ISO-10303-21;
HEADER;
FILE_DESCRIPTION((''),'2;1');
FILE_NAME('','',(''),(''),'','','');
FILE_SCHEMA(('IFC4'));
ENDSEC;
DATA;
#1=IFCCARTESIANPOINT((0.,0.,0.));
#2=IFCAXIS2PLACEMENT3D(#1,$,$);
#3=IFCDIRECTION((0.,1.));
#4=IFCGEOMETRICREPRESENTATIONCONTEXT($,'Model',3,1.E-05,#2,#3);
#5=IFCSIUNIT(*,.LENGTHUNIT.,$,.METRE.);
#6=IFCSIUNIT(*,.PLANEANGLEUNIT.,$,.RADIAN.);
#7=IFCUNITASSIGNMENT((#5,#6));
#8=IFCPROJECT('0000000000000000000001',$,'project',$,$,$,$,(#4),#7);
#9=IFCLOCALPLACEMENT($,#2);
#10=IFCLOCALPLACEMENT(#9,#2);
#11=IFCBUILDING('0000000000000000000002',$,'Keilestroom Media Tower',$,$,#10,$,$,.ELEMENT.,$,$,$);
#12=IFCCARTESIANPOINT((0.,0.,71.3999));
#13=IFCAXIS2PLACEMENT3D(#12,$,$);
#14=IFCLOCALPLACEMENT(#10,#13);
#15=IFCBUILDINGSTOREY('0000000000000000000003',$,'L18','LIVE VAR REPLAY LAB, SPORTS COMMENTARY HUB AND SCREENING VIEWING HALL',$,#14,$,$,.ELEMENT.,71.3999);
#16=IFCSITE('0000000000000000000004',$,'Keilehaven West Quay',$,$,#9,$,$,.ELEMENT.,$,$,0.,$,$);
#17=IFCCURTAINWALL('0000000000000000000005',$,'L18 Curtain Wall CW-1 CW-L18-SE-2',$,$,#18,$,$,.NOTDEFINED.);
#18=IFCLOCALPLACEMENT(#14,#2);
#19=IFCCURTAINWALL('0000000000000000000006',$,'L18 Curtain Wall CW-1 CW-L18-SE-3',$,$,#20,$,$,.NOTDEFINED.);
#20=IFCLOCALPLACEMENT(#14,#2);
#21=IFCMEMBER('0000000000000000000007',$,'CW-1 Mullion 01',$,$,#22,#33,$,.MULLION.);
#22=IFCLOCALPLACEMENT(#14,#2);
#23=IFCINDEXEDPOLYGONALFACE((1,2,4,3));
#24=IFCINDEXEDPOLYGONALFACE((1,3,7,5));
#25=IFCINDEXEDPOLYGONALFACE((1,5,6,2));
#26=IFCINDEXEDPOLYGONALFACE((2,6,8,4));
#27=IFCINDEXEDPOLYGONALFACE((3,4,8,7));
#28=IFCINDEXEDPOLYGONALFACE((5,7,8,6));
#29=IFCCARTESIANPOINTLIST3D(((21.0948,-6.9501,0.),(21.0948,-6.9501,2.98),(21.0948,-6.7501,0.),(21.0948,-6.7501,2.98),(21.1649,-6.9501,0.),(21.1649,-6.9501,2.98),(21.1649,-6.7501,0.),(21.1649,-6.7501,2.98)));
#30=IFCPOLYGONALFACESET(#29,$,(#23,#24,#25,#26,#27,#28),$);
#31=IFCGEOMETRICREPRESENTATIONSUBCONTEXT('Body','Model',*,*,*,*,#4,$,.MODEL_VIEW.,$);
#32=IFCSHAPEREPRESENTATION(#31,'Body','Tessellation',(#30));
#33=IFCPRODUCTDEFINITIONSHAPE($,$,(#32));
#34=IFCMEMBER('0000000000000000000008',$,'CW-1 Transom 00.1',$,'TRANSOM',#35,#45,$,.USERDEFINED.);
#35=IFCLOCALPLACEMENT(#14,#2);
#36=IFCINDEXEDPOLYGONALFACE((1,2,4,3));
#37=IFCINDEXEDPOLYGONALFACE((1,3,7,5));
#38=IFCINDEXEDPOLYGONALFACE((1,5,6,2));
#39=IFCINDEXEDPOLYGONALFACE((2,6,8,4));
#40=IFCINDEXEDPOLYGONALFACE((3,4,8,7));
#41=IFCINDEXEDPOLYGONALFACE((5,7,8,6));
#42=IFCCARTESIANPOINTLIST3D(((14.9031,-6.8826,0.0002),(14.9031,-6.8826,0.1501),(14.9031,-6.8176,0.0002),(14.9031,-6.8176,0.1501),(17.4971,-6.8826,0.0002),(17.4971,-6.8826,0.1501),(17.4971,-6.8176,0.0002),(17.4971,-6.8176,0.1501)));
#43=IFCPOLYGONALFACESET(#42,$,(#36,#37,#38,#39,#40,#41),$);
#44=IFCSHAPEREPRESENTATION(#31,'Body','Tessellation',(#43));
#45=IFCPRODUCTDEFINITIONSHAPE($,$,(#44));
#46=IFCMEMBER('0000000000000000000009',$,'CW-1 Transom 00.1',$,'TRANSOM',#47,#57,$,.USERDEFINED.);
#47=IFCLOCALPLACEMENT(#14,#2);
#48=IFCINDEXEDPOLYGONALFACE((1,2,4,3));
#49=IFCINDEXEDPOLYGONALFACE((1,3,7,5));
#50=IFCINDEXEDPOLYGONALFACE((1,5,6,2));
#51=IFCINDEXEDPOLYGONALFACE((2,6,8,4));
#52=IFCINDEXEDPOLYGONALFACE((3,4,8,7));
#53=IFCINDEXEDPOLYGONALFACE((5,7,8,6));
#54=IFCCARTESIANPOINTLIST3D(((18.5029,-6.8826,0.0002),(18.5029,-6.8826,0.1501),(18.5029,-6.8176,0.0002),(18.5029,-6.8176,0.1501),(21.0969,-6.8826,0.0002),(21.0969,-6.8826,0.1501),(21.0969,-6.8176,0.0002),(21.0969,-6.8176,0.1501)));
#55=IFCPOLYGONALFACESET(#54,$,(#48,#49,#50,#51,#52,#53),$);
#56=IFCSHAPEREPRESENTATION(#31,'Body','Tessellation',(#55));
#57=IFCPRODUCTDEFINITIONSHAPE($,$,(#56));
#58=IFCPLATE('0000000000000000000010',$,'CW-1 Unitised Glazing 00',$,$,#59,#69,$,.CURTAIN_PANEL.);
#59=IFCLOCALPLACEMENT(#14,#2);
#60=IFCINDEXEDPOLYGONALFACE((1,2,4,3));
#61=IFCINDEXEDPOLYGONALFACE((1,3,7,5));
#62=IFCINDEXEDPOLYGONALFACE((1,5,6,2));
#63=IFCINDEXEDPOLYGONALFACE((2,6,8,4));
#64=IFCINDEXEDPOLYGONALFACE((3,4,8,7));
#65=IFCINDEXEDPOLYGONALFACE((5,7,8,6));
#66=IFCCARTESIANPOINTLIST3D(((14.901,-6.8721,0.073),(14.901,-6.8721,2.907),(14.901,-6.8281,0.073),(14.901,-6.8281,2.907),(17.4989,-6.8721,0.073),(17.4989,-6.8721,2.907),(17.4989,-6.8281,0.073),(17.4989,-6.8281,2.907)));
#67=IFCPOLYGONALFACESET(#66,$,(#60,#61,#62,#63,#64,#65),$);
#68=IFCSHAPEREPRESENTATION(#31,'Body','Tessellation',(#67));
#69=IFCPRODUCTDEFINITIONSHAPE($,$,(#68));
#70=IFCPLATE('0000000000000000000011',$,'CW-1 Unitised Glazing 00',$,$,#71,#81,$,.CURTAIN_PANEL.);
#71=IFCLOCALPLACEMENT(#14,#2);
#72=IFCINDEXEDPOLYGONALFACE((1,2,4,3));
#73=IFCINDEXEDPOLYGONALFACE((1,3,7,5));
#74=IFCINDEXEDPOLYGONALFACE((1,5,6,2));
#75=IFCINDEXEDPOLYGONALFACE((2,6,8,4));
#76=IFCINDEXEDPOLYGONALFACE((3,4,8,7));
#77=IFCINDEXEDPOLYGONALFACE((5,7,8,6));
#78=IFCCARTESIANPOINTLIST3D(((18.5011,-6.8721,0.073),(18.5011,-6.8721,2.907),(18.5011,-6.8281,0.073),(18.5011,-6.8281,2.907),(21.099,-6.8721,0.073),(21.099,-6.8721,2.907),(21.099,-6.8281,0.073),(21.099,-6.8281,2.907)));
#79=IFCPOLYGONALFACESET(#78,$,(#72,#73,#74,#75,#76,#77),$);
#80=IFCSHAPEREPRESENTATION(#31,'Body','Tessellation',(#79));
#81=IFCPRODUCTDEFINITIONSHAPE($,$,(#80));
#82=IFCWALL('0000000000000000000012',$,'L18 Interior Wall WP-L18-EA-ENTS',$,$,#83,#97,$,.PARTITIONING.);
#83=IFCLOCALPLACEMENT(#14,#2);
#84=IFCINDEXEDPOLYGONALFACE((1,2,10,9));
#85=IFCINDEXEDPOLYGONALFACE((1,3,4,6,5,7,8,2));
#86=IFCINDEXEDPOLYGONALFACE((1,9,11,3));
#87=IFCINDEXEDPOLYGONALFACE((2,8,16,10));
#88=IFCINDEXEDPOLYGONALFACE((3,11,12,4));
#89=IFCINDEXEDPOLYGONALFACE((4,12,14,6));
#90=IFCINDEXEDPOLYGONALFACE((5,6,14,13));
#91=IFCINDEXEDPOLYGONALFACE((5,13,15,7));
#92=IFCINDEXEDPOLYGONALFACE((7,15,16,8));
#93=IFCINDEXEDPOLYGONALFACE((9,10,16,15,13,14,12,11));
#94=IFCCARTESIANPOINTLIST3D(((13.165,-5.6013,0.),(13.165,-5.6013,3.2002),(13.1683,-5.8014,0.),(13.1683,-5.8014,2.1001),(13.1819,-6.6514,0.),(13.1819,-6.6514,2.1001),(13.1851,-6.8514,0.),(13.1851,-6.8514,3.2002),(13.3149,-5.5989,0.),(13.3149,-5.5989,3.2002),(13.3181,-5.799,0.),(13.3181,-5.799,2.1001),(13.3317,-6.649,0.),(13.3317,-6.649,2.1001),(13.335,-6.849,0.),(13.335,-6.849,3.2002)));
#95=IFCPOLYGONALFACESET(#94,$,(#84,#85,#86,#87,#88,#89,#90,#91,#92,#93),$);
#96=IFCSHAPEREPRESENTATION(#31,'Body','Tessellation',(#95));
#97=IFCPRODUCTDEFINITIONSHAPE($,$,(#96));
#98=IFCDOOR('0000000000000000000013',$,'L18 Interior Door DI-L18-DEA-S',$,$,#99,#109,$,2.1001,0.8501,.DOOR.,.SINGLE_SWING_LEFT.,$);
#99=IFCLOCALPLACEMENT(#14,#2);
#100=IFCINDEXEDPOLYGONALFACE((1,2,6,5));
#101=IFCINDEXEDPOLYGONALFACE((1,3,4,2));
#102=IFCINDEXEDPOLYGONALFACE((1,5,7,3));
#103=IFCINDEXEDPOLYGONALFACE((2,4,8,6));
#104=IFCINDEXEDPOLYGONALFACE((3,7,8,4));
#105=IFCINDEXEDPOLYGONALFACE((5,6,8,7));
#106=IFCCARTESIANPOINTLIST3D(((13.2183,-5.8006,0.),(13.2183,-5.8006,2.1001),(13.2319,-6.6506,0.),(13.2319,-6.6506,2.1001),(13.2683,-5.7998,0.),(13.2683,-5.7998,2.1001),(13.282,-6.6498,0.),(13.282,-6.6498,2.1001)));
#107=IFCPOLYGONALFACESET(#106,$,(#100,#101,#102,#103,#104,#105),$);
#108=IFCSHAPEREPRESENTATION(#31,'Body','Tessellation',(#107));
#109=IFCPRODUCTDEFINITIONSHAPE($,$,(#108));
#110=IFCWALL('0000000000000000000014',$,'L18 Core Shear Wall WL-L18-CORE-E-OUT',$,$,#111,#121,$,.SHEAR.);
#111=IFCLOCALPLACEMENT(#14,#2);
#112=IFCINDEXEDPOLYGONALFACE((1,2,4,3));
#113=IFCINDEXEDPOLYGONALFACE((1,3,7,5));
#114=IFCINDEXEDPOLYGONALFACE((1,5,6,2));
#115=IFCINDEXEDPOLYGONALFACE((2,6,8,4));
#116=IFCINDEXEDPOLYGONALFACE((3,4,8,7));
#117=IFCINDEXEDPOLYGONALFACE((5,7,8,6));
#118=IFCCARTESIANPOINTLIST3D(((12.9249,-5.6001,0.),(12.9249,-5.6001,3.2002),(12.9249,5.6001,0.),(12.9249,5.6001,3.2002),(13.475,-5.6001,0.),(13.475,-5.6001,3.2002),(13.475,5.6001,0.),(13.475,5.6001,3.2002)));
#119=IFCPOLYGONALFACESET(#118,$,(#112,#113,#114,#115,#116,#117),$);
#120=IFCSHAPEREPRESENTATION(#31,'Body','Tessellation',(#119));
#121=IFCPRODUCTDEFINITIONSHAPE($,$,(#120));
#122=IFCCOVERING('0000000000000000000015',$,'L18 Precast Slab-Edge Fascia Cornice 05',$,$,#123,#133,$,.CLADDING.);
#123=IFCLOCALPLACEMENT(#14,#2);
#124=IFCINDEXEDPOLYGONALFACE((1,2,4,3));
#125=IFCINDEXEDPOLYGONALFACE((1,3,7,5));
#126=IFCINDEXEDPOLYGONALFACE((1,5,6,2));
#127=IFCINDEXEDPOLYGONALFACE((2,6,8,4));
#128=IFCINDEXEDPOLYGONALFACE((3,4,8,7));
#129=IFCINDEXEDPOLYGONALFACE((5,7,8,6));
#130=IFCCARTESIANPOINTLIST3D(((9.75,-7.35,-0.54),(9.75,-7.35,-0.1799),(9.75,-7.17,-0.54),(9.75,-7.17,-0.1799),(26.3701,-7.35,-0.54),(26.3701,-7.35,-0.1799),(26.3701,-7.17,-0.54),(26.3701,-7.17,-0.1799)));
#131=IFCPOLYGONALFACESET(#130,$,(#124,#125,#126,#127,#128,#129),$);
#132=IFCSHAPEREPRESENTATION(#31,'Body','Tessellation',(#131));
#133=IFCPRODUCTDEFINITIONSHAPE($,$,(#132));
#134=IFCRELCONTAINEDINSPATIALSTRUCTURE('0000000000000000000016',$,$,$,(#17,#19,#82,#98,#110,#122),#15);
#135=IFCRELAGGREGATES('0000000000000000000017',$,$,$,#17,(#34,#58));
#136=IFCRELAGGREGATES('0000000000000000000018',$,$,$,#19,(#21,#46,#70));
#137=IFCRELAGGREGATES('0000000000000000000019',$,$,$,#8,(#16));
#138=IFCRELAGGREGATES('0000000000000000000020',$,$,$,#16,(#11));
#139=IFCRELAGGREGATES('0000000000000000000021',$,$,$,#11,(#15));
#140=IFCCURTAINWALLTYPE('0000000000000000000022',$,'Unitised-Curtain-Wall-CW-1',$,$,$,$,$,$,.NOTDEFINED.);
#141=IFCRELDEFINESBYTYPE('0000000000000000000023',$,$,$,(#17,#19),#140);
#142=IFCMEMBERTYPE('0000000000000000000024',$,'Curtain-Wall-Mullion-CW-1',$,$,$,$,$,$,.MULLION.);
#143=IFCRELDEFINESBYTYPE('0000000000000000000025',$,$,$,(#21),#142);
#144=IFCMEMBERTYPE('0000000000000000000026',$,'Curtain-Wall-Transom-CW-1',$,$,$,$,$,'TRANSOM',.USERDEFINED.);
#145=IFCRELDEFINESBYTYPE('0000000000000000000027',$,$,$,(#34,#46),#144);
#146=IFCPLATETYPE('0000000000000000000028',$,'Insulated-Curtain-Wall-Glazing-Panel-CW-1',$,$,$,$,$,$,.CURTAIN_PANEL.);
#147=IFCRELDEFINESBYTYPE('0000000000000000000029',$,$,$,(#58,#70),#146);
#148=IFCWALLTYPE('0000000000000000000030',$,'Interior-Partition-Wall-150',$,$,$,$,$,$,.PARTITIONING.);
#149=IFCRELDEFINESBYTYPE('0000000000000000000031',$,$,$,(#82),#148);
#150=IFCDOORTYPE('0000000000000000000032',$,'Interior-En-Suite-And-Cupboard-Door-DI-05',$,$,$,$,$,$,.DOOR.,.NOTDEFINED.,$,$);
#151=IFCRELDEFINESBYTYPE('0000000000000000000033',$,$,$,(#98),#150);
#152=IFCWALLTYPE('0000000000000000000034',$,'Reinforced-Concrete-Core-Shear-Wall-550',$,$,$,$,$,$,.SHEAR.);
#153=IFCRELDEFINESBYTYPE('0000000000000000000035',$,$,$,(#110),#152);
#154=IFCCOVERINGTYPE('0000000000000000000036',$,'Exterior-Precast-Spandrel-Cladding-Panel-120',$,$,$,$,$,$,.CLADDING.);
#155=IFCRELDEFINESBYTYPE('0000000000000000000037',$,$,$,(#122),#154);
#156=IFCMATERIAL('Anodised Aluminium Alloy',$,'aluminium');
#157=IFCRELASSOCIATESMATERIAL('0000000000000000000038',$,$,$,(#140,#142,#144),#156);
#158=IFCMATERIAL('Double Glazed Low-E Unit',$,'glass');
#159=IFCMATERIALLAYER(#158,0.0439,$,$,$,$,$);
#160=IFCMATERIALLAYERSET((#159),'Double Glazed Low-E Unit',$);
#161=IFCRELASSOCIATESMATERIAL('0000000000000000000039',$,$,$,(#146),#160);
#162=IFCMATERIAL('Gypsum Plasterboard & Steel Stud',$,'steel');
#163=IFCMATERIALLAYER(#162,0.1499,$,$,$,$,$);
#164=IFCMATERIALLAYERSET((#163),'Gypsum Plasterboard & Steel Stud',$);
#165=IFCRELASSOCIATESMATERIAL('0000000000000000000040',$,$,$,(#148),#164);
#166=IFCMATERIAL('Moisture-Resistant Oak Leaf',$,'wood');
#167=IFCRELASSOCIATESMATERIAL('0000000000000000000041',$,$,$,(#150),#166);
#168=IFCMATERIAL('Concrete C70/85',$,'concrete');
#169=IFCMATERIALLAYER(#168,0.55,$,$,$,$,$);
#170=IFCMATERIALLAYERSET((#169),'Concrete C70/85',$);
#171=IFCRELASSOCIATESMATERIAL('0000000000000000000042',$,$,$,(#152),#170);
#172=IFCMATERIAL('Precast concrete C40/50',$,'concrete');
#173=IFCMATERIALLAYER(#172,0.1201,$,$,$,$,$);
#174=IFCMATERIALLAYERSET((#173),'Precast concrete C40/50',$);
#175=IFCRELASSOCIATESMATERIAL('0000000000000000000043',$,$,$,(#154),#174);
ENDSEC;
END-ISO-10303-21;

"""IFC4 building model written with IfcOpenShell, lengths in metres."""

from ifc_helpers import new_model, si_unit, direction, frame, frame_2d, origin, origin_2d, place, context, subcontext, project, spatial, rectangle, extrude, source, transform, mapped, material, layer, layer_set, material_profile, profile_set, type_object, element, fill, aggregate, save


model = new_model("IFC4")

# Units and contexts
model_context = context("Model", 3, precision=1e-05, world=origin(), true_north=direction((0.0, 1.0)))
body_context = subcontext(model_context, "Body", "Model", "MODEL_VIEW")
ifc_project = project(units=[si_unit("LENGTHUNIT", "METRE"), si_unit("PLANEANGLEUNIT", "RADIAN")], contexts=[model_context])

# Site, building, storey
site_placement = place(None, origin())
site = spatial("IfcSite", under=ifc_project, at=site_placement, Name="Keilehaven West Quay", CompositionType="ELEMENT", RefElevation=0.0)
building_placement = place(site_placement, origin())
building = spatial("IfcBuilding", under=site, at=building_placement, Name="Keilestroom Media Tower", CompositionType="ELEMENT")
storey_placement = place(building_placement, frame((0.0, 0.0, 71.3999)))
storey = spatial("IfcBuildingStorey", under=building, at=storey_placement, Name="L18", Description="LIVE VAR REPLAY LAB, SPORTS COMMENTARY HUB AND SCREENING VIEWING HALL", CompositionType="ELEMENT", Elevation=71.3999)

# Shared definitions
ifc_material_1 = material(Name="Precast concrete C40/50", Category="concrete")

# Shared definitions
ifc_material_2 = material(Name="Anodised Aluminium Alloy", Category="aluminium")
curtain_wall_type = type_object("IfcCurtainWallType", Name="Unitised-Curtain-Wall-CW-1", PredefinedType="NOTDEFINED", material=ifc_material_2)
ifc_material_profile_1 = material_profile(ifc_material_2, rectangle(XDim=0.0701, YDim=0.2, at=origin_2d()), Name="ALU MULLION 70x200")
ifc_profile_set_1 = profile_set([ifc_material_profile_1], Name="Anodised Aluminium Alloy")
member_type_1 = type_object("IfcMemberType", Name="Curtain-Wall-Mullion-CW-1", PredefinedType="MULLION", material=ifc_profile_set_1)
shared_shape_1 = source(origin(), body_context, "Body", "SweptSolid", [
    extrude(rectangle(XDim=0.0701, YDim=0.2, at=origin_2d()), origin(), (0.0, 0.0, 1.0), 2.98),
])

# Curtain walls, member
curtain_wall_1_placement = place(storey_placement, origin())
curtain_wall_1 = element("IfcCurtainWall", 1, at=curtain_wall_1_placement, inside=storey, type_object=curtain_wall_type, Name="L18 Curtain Wall CW-1 CW-L18-SE-2", PredefinedType="NOTDEFINED")
curtain_wall_2_placement = place(storey_placement, origin())
curtain_wall_2 = element("IfcCurtainWall", 2, at=curtain_wall_2_placement, inside=storey, type_object=curtain_wall_type, Name="L18 Curtain Wall CW-1 CW-L18-SE-3", PredefinedType="NOTDEFINED")
member_1_placement = place(storey_placement, frame((21.1299, -6.8501, 0.0), z_axis=(0.0, 0.0, 1.0), x_axis=(1.0, 0.0, 0.0)))
member_1 = element("IfcMember", 3, at=member_1_placement, type_object=member_type_1, Name="CW-1 Mullion 01", PredefinedType="MULLION", context=body_context, shape_type="MappedRepresentation", body=[
    mapped(shared_shape_1, transform((0.0, 0.0, 0.0), x_axis=(1.0, 0.0, 0.0), y_axis=(0.0, 1.0, 0.0), z_axis=(0.0, 0.0, 1.0), scale=1.0)),
])

# Members
ifc_material_profile_2 = material_profile(ifc_material_2, rectangle(XDim=0.0649, YDim=0.1499, at=origin_2d()), Name="ALU TRANSOM 65x150")
ifc_profile_set_2 = profile_set([ifc_material_profile_2], Name="Anodised Aluminium Alloy")
member_type_2 = type_object("IfcMemberType", Name="Curtain-Wall-Transom-CW-1", ElementType="TRANSOM", PredefinedType="USERDEFINED", material=ifc_profile_set_2)
shared_shape_2 = source(origin(), body_context, "Body", "SweptSolid", [
    extrude(rectangle(XDim=0.0649, YDim=0.1499, at=origin_2d()), origin(), (0.0, 0.0, 1.0), 2.594),
])
member_2_placement = place(storey_placement, frame((14.9031, -6.8501, 0.0752), z_axis=(1.0, 0.0, 0.0), x_axis=(0.0, 1.0, 0.0)))
member_2 = element("IfcMember", 4, at=member_2_placement, type_object=member_type_2, Name="CW-1 Transom 00.1", ObjectType="TRANSOM", PredefinedType="USERDEFINED", context=body_context, shape_type="MappedRepresentation", body=[
    mapped(shared_shape_2, transform((0.0, 0.0, 0.0), x_axis=(1.0, 0.0, 0.0), y_axis=(0.0, 1.0, 0.0), z_axis=(0.0, 0.0, 1.0), scale=1.0)),
])
member_3_placement = place(storey_placement, frame((18.5029, -6.8501, 0.0752), z_axis=(1.0, 0.0, 0.0), x_axis=(0.0, 1.0, 0.0)))
member_3 = element("IfcMember", 5, at=member_3_placement, type_object=member_type_2, Name="CW-1 Transom 00.1", ObjectType="TRANSOM", PredefinedType="USERDEFINED", context=body_context, shape_type="MappedRepresentation", body=[
    mapped(shared_shape_2, transform((0.0, 0.0, 0.0), x_axis=(1.0, 0.0, 0.0), y_axis=(0.0, 1.0, 0.0), z_axis=(0.0, 0.0, 1.0), scale=1.0)),
])

# Plates
ifc_material_3 = material(Name="Double Glazed Low-E Unit", Category="glass")
ifc_layer_1 = layer(ifc_material_3, 0.0439)
ifc_layer_set_1 = layer_set([ifc_layer_1], Name="Double Glazed Low-E Unit")
plate_type = type_object("IfcPlateType", Name="Insulated-Curtain-Wall-Glazing-Panel-CW-1", PredefinedType="CURTAIN_PANEL", material=ifc_layer_set_1)
shared_shape_3 = source(origin(), body_context, "Body", "SweptSolid", [
    extrude(rectangle(XDim=2.5979, YDim=0.0439, at=origin_2d()), origin(), (0.0, 0.0, 1.0), 2.834),
])
plate_1_placement = place(storey_placement, frame((16.2, -6.8501, 0.073), z_axis=(0.0, 0.0, 1.0), x_axis=(1.0, 0.0, 0.0)))
plate_1 = element("IfcPlate", 6, at=plate_1_placement, type_object=plate_type, Name="CW-1 Unitised Glazing 00", PredefinedType="CURTAIN_PANEL", context=body_context, shape_type="MappedRepresentation", body=[
    mapped(shared_shape_3, transform((0.0, 0.0, 0.0), x_axis=(1.0, 0.0, 0.0), y_axis=(0.0, 1.0, 0.0), z_axis=(0.0, 0.0, 1.0), scale=1.0)),
])
aggregate(curtain_wall_1, [member_2, plate_1])
plate_2_placement = place(storey_placement, frame((19.8, -6.8501, 0.073), z_axis=(0.0, 0.0, 1.0), x_axis=(1.0, 0.0, 0.0)))
plate_2 = element("IfcPlate", 7, at=plate_2_placement, type_object=plate_type, Name="CW-1 Unitised Glazing 00", PredefinedType="CURTAIN_PANEL", context=body_context, shape_type="MappedRepresentation", body=[
    mapped(shared_shape_3, transform((0.0, 0.0, 0.0), x_axis=(1.0, 0.0, 0.0), y_axis=(0.0, 1.0, 0.0), z_axis=(0.0, 0.0, 1.0), scale=1.0)),
])
aggregate(curtain_wall_2, [member_1, member_3, plate_2])

# Wall, opening, door
ifc_material_4 = material(Name="Gypsum Plasterboard & Steel Stud", Category="steel")
ifc_layer_2 = layer(ifc_material_4, 0.1499)
ifc_layer_set_2 = layer_set([ifc_layer_2], Name="Gypsum Plasterboard & Steel Stud")
wall_type_1 = type_object("IfcWallType", Name="Interior-Partition-Wall-150", PredefinedType="PARTITIONING", material=ifc_layer_set_2)
wall_1_placement = place(storey_placement, frame((13.26, -6.8501, 0.0), z_axis=(0.0, 0.0, 1.0), x_axis=(-0.016014, 0.999872, 0.0)))
wall_1 = element("IfcWall", 8, at=wall_1_placement, inside=storey, type_object=wall_type_1, Name="L18 Interior Wall WP-L18-EA-ENTS", PredefinedType="PARTITIONING", context=body_context, shape_type="SweptSolid", body=[
    extrude(rectangle(XDim=1.2502, YDim=0.1499, at=frame_2d((0.625, 0.0))), origin(), (0.0, 0.0, 1.0), 3.2002),
])
opening_placement = place(wall_1_placement, frame((0.2, 0.0, 0.0)))
opening = element("IfcOpeningElement", 9, at=opening_placement, cuts=wall_1, PredefinedType="OPENING", context=body_context, shape_type="SweptSolid", body=[
    extrude(rectangle(XDim=0.8501, YDim=2.1001, at=frame_2d((0.425, 1.05))), frame((0.0, 0.085, 0.0), z_axis=(0.0, -1.0, 0.0), x_axis=(1.0, 0.0, 0.0)), (0.0, 0.0, 1.0), 0.1699),
])
ifc_material_5 = material(Name="Moisture-Resistant Oak Leaf", Category="wood")
door_type = type_object("IfcDoorType", Name="Interior-En-Suite-And-Cupboard-Door-DI-05", OperationType="NOTDEFINED", PredefinedType="DOOR", material=ifc_material_5)
shared_shape_4 = source(origin(), body_context, "Body", "SweptSolid", [
    extrude(rectangle(XDim=0.8501, YDim=2.1001, at=frame_2d((0.425, 1.05))), frame((0.0, 0.0249, 0.0), z_axis=(0.0, -1.0, 0.0), x_axis=(1.0, 0.0, 0.0)), (0.0, 0.0, 1.0), 0.05),
])
door_placement = place(opening_placement, origin())
door = element("IfcDoor", 10, at=door_placement, inside=storey, type_object=door_type, Name="L18 Interior Door DI-L18-DEA-S", OperationType="SINGLE_SWING_LEFT", OverallHeight=2.1001, OverallWidth=0.8501, PredefinedType="DOOR", context=body_context, shape_type="MappedRepresentation", body=[
    mapped(shared_shape_4, transform((0.0, 0.0, 0.0), x_axis=(1.0, 0.0, 0.0), y_axis=(0.0, 1.0, 0.0), z_axis=(0.0, 0.0, 1.0), scale=1.0)),
])
fill(opening, door)

# Wall
ifc_material_6 = material(Name="Concrete C70/85", Category="concrete")
ifc_layer_3 = layer(ifc_material_6, 0.55)
ifc_layer_set_3 = layer_set([ifc_layer_3], Name="Concrete C70/85")
wall_type_2 = type_object("IfcWallType", Name="Reinforced-Concrete-Core-Shear-Wall-550", PredefinedType="SHEAR", material=ifc_layer_set_3)
wall_2_placement = place(storey_placement, frame((13.2, -5.6001, 0.0), z_axis=(0.0, 0.0, 1.0), x_axis=(0.0, 1.0, 0.0)))
element("IfcWall", 11, at=wall_2_placement, inside=storey, type_object=wall_type_2, Name="L18 Core Shear Wall WL-L18-CORE-E-OUT", PredefinedType="SHEAR", context=body_context, shape_type="SweptSolid", body=[
    extrude(rectangle(XDim=11.2002, YDim=0.55, at=frame_2d((5.6001, 0.0))), origin(), (0.0, 0.0, 1.0), 3.2002),
])

# Covering
ifc_layer_4 = layer(ifc_material_1, 0.1201)
ifc_layer_set_4 = layer_set([ifc_layer_4], Name="Precast concrete C40/50")
covering_type = type_object("IfcCoveringType", Name="Exterior-Precast-Spandrel-Cladding-Panel-120", PredefinedType="CLADDING", material=ifc_layer_set_4)
shared_shape_5 = source(origin(), body_context, "Body", "SweptSolid", [
    extrude(rectangle(XDim=16.6201, YDim=0.1799, at=origin_2d()), origin(), (0.0, 0.0, 1.0), 0.3601),
])
covering_placement = place(storey_placement, frame((18.0601, -7.26, -0.54), z_axis=(0.0, 0.0, 1.0), x_axis=(-1.0, 0.0, 0.0)))
element("IfcCovering", 12, at=covering_placement, inside=storey, type_object=covering_type, Name="L18 Precast Slab-Edge Fascia Cornice 05", PredefinedType="CLADDING", context=body_context, shape_type="MappedRepresentation", body=[
    mapped(shared_shape_5, transform((0.0, 0.0, 0.0), x_axis=(1.0, 0.0, 0.0), y_axis=(0.0, 1.0, 0.0), z_axis=(0.0, 0.0, 1.0), scale=1.0)),
])

save(model, "model.ifc")
